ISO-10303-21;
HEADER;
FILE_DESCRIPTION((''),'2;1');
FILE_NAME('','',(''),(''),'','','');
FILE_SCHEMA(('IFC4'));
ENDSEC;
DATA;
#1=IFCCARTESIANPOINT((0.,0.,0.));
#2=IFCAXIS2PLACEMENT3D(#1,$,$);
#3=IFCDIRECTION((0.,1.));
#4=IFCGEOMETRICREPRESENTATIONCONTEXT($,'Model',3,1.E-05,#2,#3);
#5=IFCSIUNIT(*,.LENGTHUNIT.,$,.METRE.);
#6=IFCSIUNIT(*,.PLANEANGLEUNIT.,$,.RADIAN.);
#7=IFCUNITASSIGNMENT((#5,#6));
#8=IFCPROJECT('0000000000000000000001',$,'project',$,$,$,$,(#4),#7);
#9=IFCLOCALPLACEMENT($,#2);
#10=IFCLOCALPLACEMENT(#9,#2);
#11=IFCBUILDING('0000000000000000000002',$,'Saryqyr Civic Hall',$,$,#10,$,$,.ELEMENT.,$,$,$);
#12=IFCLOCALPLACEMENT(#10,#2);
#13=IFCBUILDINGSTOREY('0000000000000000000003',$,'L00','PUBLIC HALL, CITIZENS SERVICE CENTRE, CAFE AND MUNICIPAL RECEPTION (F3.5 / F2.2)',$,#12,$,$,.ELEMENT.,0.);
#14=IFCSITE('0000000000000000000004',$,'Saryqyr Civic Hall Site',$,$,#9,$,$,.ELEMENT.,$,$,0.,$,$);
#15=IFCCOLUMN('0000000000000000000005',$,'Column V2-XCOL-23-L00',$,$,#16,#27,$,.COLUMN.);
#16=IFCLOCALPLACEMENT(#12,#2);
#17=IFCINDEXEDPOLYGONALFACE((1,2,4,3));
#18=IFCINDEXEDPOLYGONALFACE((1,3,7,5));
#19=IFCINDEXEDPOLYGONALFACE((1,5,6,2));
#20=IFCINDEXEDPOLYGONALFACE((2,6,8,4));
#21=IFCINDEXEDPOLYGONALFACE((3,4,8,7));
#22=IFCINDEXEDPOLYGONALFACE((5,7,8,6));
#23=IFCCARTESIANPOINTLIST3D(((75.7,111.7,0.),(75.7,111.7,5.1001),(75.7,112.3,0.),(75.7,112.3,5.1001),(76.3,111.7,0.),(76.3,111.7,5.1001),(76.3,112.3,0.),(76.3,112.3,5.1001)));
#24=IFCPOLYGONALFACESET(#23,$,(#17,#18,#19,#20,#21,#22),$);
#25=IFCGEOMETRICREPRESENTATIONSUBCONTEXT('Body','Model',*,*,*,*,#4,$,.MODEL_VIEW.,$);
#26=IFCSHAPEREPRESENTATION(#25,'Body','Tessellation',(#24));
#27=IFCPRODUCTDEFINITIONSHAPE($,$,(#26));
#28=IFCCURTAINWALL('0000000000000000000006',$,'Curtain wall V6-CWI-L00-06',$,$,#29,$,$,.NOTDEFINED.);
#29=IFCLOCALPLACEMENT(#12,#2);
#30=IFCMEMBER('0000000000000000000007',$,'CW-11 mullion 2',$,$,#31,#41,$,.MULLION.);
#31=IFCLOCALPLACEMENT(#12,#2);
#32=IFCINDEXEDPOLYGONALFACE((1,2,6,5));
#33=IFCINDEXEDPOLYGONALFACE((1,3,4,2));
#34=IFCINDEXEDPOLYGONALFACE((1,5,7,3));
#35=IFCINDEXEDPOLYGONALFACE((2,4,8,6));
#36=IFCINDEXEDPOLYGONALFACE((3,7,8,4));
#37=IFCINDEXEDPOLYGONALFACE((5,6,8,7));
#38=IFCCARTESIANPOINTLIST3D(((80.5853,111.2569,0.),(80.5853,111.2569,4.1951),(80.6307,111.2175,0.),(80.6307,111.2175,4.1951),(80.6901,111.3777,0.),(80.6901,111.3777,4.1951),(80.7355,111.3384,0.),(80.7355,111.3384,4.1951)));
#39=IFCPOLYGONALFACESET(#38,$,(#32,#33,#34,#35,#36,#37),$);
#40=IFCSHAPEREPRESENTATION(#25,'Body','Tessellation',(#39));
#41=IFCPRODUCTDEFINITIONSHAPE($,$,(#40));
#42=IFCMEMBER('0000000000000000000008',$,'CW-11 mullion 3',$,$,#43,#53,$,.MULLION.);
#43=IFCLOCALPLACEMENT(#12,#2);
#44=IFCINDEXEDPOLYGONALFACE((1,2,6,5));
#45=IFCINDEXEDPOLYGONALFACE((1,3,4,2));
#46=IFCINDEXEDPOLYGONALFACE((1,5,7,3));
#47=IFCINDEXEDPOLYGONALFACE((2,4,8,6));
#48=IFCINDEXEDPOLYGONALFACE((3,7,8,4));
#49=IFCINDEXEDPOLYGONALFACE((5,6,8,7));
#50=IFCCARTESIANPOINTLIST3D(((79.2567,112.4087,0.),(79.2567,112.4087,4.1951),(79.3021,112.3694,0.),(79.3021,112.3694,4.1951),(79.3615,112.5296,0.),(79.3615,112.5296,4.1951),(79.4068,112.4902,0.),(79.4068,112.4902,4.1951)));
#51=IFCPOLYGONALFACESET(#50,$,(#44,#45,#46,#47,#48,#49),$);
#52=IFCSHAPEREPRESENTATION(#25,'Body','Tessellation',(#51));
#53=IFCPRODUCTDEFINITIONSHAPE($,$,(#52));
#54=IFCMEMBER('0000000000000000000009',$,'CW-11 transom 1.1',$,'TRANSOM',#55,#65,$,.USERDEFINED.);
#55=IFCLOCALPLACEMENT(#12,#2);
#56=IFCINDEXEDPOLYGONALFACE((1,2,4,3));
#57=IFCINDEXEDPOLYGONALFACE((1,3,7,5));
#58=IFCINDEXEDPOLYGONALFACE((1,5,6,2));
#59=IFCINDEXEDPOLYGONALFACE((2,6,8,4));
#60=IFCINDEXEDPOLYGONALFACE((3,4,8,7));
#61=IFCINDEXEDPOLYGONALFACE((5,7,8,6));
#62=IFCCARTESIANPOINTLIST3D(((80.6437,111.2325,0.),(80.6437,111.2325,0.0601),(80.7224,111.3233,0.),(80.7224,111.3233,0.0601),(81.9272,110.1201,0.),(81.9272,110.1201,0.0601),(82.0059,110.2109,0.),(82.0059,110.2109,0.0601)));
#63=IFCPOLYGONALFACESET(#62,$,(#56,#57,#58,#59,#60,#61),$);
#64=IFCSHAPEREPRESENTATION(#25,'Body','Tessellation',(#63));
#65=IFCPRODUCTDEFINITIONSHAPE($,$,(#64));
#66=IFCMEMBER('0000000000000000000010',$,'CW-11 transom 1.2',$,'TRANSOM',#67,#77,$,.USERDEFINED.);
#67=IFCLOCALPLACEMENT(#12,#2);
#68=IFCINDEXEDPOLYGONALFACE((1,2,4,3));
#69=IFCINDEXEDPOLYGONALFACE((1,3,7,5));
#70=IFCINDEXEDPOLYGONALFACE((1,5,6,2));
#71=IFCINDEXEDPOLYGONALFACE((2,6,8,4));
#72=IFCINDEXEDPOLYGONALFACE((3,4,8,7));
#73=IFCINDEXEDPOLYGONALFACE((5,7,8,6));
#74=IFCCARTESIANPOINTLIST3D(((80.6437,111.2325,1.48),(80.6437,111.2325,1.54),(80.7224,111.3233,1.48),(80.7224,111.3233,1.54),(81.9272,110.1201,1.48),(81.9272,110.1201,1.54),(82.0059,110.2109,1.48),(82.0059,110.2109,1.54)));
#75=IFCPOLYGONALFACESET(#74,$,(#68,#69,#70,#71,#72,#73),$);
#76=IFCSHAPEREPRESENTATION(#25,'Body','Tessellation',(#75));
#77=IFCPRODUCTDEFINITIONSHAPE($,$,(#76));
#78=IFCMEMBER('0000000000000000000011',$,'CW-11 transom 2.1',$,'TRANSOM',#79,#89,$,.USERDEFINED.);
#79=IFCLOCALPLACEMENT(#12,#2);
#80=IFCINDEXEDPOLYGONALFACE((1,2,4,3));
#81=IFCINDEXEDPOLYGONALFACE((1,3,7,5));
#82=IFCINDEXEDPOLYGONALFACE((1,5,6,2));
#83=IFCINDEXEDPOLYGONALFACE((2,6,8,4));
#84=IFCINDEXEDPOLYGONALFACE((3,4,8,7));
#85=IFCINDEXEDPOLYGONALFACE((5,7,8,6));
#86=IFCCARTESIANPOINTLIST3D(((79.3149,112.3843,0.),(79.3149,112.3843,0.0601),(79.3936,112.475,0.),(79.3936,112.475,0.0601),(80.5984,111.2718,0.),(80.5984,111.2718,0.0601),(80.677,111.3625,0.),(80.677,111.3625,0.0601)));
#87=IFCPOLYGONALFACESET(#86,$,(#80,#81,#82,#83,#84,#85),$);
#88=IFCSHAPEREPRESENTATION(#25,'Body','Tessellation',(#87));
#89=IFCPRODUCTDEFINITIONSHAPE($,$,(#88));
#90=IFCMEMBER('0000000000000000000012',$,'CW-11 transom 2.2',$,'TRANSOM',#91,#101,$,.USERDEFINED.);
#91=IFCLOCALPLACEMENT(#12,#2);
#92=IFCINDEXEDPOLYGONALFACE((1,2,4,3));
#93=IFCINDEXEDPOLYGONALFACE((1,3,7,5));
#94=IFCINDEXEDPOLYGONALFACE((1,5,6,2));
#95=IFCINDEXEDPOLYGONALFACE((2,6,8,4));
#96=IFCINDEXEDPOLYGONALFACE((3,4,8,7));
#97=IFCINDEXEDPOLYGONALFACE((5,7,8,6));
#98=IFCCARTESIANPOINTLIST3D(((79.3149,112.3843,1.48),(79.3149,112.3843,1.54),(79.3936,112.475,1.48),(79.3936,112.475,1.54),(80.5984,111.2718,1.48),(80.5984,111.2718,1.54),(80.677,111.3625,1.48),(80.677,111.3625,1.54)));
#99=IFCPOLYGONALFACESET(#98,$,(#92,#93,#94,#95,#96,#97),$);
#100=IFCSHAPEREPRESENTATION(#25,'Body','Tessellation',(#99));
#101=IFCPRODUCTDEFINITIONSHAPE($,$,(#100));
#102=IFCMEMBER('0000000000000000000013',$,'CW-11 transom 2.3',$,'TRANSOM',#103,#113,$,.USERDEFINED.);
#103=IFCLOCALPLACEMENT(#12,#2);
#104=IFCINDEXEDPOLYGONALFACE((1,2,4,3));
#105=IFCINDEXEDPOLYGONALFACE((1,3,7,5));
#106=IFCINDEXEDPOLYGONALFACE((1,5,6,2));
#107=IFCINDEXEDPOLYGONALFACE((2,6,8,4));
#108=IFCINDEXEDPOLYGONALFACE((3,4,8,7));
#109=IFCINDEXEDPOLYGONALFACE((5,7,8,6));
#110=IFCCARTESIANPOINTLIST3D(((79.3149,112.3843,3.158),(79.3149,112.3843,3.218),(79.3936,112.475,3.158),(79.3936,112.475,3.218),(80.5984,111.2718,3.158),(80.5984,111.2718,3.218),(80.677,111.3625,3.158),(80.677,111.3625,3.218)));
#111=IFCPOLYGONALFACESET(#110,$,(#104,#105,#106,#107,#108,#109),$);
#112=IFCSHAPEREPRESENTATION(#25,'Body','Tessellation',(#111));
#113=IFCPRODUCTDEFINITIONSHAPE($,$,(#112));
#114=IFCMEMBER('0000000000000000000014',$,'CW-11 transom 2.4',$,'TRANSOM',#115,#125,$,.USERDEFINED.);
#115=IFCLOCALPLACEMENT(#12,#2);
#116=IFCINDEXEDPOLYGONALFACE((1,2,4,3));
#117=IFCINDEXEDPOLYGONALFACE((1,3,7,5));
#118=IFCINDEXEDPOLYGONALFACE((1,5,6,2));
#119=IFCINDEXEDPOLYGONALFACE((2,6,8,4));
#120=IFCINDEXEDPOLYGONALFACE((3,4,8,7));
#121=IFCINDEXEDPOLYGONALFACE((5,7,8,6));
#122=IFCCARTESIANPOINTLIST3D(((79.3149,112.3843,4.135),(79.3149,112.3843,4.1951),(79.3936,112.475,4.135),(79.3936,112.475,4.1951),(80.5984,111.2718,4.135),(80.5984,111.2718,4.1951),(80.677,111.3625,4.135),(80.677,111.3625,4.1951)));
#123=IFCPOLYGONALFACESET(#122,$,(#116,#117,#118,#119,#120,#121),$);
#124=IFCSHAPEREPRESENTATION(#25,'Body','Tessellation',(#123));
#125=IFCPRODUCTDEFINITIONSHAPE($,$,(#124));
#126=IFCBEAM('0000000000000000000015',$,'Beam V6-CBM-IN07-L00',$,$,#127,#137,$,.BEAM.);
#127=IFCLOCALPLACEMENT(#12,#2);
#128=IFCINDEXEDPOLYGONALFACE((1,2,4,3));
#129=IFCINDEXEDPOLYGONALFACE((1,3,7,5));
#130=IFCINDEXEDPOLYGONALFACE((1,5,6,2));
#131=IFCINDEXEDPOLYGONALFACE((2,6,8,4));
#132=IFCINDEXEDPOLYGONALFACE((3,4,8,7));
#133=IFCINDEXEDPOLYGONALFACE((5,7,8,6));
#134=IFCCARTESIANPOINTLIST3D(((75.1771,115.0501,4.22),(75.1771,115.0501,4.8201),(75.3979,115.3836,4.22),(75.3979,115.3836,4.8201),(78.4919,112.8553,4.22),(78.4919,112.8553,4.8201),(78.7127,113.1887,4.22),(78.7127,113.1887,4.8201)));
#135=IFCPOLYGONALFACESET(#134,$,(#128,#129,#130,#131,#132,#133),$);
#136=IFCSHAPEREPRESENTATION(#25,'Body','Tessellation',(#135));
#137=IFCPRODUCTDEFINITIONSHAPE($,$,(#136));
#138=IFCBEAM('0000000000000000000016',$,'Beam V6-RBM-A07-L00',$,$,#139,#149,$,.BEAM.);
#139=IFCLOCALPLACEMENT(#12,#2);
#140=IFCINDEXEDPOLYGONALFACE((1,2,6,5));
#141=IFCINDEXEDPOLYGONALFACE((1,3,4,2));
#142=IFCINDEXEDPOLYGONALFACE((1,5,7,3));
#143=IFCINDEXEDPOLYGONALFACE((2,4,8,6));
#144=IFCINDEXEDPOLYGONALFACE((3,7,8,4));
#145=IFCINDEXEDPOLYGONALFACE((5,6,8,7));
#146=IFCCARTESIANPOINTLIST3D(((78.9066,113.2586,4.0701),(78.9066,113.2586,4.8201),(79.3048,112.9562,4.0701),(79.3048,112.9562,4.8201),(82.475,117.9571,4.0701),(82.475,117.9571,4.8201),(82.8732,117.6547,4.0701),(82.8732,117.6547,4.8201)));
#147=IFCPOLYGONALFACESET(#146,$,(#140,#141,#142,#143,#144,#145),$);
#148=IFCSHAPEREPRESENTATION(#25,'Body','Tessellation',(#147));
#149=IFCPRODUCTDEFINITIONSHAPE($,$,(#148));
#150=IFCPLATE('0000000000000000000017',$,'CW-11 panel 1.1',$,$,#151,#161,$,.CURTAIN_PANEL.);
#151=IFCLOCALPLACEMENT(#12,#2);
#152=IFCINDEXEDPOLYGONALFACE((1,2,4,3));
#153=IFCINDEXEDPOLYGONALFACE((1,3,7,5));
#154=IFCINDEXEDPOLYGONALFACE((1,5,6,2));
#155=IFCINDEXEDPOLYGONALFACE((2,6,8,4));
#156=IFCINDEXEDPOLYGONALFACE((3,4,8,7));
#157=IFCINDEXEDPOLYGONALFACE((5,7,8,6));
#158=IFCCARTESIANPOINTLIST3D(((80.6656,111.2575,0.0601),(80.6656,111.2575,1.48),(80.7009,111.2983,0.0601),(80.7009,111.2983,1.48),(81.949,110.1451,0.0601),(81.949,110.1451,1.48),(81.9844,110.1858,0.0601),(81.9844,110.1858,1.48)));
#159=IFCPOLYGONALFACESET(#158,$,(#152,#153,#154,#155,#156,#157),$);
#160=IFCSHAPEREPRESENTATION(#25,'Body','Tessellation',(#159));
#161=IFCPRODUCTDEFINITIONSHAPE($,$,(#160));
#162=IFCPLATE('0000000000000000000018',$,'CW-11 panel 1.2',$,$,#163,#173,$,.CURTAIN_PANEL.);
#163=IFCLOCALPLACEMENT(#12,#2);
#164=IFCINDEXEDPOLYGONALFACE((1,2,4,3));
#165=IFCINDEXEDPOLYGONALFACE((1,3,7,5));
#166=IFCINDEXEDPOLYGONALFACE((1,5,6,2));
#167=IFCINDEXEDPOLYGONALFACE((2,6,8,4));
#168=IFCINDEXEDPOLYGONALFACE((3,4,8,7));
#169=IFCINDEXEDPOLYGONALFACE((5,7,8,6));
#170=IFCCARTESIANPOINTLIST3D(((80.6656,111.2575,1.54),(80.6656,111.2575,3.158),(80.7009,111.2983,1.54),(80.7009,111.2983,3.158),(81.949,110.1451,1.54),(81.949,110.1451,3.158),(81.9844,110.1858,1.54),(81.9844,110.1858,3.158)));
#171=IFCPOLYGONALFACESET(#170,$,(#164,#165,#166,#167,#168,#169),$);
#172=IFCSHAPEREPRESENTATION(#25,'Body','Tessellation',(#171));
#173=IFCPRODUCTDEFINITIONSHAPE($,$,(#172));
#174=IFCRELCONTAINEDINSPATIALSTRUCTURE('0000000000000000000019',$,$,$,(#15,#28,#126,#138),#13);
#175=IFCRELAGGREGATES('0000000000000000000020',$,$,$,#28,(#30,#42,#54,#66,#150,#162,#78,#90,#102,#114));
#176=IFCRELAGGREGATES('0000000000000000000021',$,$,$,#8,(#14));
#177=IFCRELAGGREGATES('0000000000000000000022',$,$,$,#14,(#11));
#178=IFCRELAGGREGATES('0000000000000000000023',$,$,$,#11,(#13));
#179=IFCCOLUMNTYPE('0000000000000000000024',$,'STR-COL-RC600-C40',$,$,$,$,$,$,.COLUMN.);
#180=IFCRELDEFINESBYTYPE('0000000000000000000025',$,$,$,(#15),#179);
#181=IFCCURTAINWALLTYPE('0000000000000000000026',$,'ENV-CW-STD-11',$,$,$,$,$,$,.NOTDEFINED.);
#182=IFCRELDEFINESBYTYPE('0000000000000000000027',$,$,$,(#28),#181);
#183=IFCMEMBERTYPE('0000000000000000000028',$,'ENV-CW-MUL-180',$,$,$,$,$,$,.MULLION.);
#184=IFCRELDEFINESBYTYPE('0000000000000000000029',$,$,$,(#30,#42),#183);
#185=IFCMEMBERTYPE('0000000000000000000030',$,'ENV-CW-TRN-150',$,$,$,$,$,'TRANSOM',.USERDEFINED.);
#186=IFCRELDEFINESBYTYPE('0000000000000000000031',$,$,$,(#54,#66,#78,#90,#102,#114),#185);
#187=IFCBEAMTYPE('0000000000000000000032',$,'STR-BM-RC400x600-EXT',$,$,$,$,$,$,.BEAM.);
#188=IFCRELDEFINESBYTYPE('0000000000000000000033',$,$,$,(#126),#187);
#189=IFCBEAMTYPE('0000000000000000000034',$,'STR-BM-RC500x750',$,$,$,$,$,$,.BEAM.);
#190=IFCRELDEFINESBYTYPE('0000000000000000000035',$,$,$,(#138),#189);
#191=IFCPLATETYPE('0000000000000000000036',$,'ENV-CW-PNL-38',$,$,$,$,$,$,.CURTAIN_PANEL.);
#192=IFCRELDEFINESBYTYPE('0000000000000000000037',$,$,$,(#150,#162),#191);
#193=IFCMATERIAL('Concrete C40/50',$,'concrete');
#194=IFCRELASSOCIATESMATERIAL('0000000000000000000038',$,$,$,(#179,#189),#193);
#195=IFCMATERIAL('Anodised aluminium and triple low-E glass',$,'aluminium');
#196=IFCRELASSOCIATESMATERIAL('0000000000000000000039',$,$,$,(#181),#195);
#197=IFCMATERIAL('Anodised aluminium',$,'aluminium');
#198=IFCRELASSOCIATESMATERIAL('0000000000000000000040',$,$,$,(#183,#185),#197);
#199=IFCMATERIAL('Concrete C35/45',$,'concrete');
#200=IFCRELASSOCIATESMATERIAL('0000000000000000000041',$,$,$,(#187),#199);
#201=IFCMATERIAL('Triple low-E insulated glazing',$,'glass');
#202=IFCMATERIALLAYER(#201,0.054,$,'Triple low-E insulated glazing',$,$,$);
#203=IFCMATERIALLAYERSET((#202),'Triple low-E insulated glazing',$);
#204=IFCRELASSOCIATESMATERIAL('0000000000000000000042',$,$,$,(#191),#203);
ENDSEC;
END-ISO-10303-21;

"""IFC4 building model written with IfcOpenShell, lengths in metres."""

from ifc_helpers import new_model, si_unit, direction, frame, origin, origin_2d, place, context, subcontext, project, spatial, rectangle, extrude, material, layer, layer_set, material_profile, profile_set, type_object, element, aggregate, save


model = new_model("IFC4")

# Units and contexts
model_context = context("Model", 3, precision=1e-05, world=origin(), true_north=direction((0.0, 1.0)))
body_context = subcontext(model_context, "Body", "Model", "MODEL_VIEW")
ifc_project = project(units=[si_unit("LENGTHUNIT", "METRE"), si_unit("PLANEANGLEUNIT", "RADIAN")], contexts=[model_context])

# Site, building, storey
site_placement = place(None, origin())
site = spatial("IfcSite", under=ifc_project, at=site_placement, Name="Saryqyr Civic Hall Site", CompositionType="ELEMENT", RefElevation=0.0)
building_placement = place(site_placement, origin())
building = spatial("IfcBuilding", under=site, at=building_placement, Name="Saryqyr Civic Hall", CompositionType="ELEMENT")
storey_placement = place(building_placement, origin())
storey = spatial("IfcBuildingStorey", under=building, at=storey_placement, Name="L00", Description="PUBLIC HALL, CITIZENS SERVICE CENTRE, CAFE AND MUNICIPAL RECEPTION (F3.5 / F2.2)", CompositionType="ELEMENT", Elevation=0.0)

# Column
ifc_material_1 = material(Name="Concrete C40/50", Category="concrete")
ifc_material_profile_1 = material_profile(ifc_material_1, rectangle(XDim=0.6001, YDim=0.6001, at=origin_2d()), Name="RC 600x600")
ifc_profile_set_1 = profile_set([ifc_material_profile_1], Name="Concrete C40/50")
column_type_1 = type_object("IfcColumnType", Name="STR-COL-RC600-C40", PredefinedType="COLUMN", material=ifc_profile_set_1)
column_1_placement = place(storey_placement, frame((76.0, 112.0, 0.0), z_axis=(0.0, 0.0, 1.0), x_axis=(1.0, 0.0, 0.0)))
element("IfcColumn", 1, at=column_1_placement, inside=storey, type_object=column_type_1, Name="Column V2-XCOL-23-L00", PredefinedType="COLUMN", context=body_context, shape_type="SweptSolid", body=[
    extrude(rectangle(XDim=0.6001, YDim=0.6001, at=origin_2d()), origin(), (0.0, 0.0, 1.0), 5.1001),
])

# Curtain wall, members
ifc_material_2 = material(Name="Anodised aluminium and triple low-E glass", Category="aluminium")
curtain_wall_type = type_object("IfcCurtainWallType", Name="ENV-CW-STD-11", PredefinedType="NOTDEFINED", material=ifc_material_2)
curtain_wall_placement = place(storey_placement, origin())
curtain_wall = element("IfcCurtainWall", 2, at=curtain_wall_placement, inside=storey, type_object=curtain_wall_type, Name="Curtain wall V6-CWI-L00-06", PredefinedType="NOTDEFINED")
ifc_material_3 = material(Name="Anodised aluminium", Category="aluminium")
ifc_material_profile_2 = material_profile(ifc_material_3, rectangle(XDim=0.0601, YDim=0.1599, at=origin_2d()), Name="ALU MULLION 60x160")
ifc_profile_set_2 = profile_set([ifc_material_profile_2], Name="Anodised aluminium")
member_type_1 = type_object("IfcMemberType", Name="ENV-CW-MUL-180", PredefinedType="MULLION", material=ifc_profile_set_2)
member_1_placement = place(storey_placement, frame((80.6604, 111.2976, 0.0), z_axis=(0.0, 0.0, 1.0), x_axis=(-0.755649, 0.654976, 0.0)))
member_1 = element("IfcMember", 3, at=member_1_placement, type_object=member_type_1, Name="CW-11 mullion 2", PredefinedType="MULLION", context=body_context, shape_type="SweptSolid", body=[
    extrude(rectangle(XDim=0.0601, YDim=0.1599, at=origin_2d()), origin(), (0.0, 0.0, 1.0), 4.1951),
])
member_2_placement = place(storey_placement, frame((79.3318, 112.4495, 0.0), z_axis=(0.0, 0.0, 1.0), x_axis=(-0.755649, 0.654976, 0.0)))
member_2 = element("IfcMember", 4, at=member_2_placement, type_object=member_type_1, Name="CW-11 mullion 3", PredefinedType="MULLION", context=body_context, shape_type="SweptSolid", body=[
    extrude(rectangle(XDim=0.0601, YDim=0.1599, at=origin_2d()), origin(), (0.0, 0.0, 1.0), 4.1951),
])
ifc_material_profile_3 = material_profile(ifc_material_3, rectangle(XDim=0.1201, YDim=0.0601, at=origin_2d()), Name="ALU TRANSOM 120x60")
ifc_profile_set_3 = profile_set([ifc_material_profile_3], Name="Anodised aluminium")
member_type_2 = type_object("IfcMemberType", Name="ENV-CW-TRN-150", ElementType="TRANSOM", PredefinedType="USERDEFINED", material=ifc_profile_set_3)
member_3_placement = place(storey_placement, frame((81.9666, 110.1655, 0.03), z_axis=(-0.755694, 0.654925, 0.0), x_axis=(-0.654925, -0.755694, 0.0)))
member_3 = element("IfcMember", 5, at=member_3_placement, type_object=member_type_2, Name="CW-11 transom 1.1", ObjectType="TRANSOM", PredefinedType="USERDEFINED", context=body_context, shape_type="SweptSolid", body=[
    extrude(rectangle(XDim=0.1201, YDim=0.0601, at=origin_2d()), origin(), (0.0, 0.0, 1.0), 1.6985),
])
member_4_placement = place(storey_placement, frame((81.9666, 110.1655, 1.51), z_axis=(-0.755694, 0.654925, 0.0), x_axis=(-0.654925, -0.755694, 0.0)))
member_4 = element("IfcMember", 6, at=member_4_placement, type_object=member_type_2, Name="CW-11 transom 1.2", ObjectType="TRANSOM", PredefinedType="USERDEFINED", context=body_context, shape_type="SweptSolid", body=[
    extrude(rectangle(XDim=0.1201, YDim=0.0601, at=origin_2d()), origin(), (0.0, 0.0, 1.0), 1.6985),
])
member_5_placement = place(storey_placement, frame((80.6377, 111.3171, 0.03), z_axis=(-0.755623, 0.655007, 0.0), x_axis=(-0.655007, -0.755623, 0.0)))
member_5 = element("IfcMember", 7, at=member_5_placement, type_object=member_type_2, Name="CW-11 transom 2.1", ObjectType="TRANSOM", PredefinedType="USERDEFINED", context=body_context, shape_type="SweptSolid", body=[
    extrude(rectangle(XDim=0.1201, YDim=0.0601, at=origin_2d()), origin(), (0.0, 0.0, 1.0), 1.6985),
])
member_6_placement = place(storey_placement, frame((80.6377, 111.3171, 1.51), z_axis=(-0.755623, 0.655007, 0.0), x_axis=(-0.655007, -0.755623, 0.0)))
member_6 = element("IfcMember", 8, at=member_6_placement, type_object=member_type_2, Name="CW-11 transom 2.2", ObjectType="TRANSOM", PredefinedType="USERDEFINED", context=body_context, shape_type="SweptSolid", body=[
    extrude(rectangle(XDim=0.1201, YDim=0.0601, at=origin_2d()), origin(), (0.0, 0.0, 1.0), 1.6985),
])
member_7_placement = place(storey_placement, frame((80.6377, 111.3171, 3.188), z_axis=(-0.755623, 0.655007, 0.0), x_axis=(-0.655007, -0.755623, 0.0)))
member_7 = element("IfcMember", 9, at=member_7_placement, type_object=member_type_2, Name="CW-11 transom 2.3", ObjectType="TRANSOM", PredefinedType="USERDEFINED", context=body_context, shape_type="SweptSolid", body=[
    extrude(rectangle(XDim=0.1201, YDim=0.0601, at=origin_2d()), origin(), (0.0, 0.0, 1.0), 1.6985),
])
member_8_placement = place(storey_placement, frame((80.6377, 111.3171, 4.165), z_axis=(-0.755623, 0.655007, 0.0), x_axis=(-0.655007, -0.755623, 0.0)))
member_8 = element("IfcMember", 10, at=member_8_placement, type_object=member_type_2, Name="CW-11 transom 2.4", ObjectType="TRANSOM", PredefinedType="USERDEFINED", context=body_context, shape_type="SweptSolid", body=[
    extrude(rectangle(XDim=0.1201, YDim=0.0601, at=origin_2d()), origin(), (0.0, 0.0, 1.0), 1.6985),
])

# Beams
ifc_material_4 = material(Name="Concrete C35/45", Category="concrete")
ifc_material_profile_4 = material_profile(ifc_material_4, rectangle(XDim=0.3999, YDim=0.6001, at=origin_2d()), Name="RC 400x600")
ifc_profile_set_4 = profile_set([ifc_material_profile_4], Name="Concrete C35/45")
beam_type_1 = type_object("IfcBeamType", Name="STR-BM-RC400x600-EXT", PredefinedType="BEAM", material=ifc_profile_set_4)
beam_1_placement = place(storey_placement, frame((78.6023, 113.022, 4.52), z_axis=(-0.833785, 0.55209, 0.0), x_axis=(-0.55209, -0.833785, 0.0)))
element("IfcBeam", 11, at=beam_1_placement, inside=storey, type_object=beam_type_1, Name="Beam V6-CBM-IN07-L00", PredefinedType="BEAM", context=body_context, shape_type="SweptSolid", body=[
    extrude(rectangle(XDim=0.3999, YDim=0.6001, at=origin_2d()), origin(), (0.0, 0.0, 1.0), 3.9756),
])
ifc_material_profile_5 = material_profile(ifc_material_1, rectangle(XDim=0.5, YDim=0.75, at=origin_2d()), Name="RC 500x750")
ifc_profile_set_5 = profile_set([ifc_material_profile_5], Name="Concrete C40/50")
beam_type_2 = type_object("IfcBeamType", Name="STR-BM-RC500x750", PredefinedType="BEAM", material=ifc_profile_set_5)
beam_2_placement = place(storey_placement, frame((79.1057, 113.1074, 4.4451), z_axis=(0.604816, 0.796365, 0.0), x_axis=(-0.796365, 0.604816, 0.0)))
element("IfcBeam", 12, at=beam_2_placement, inside=storey, type_object=beam_type_2, Name="Beam V6-RBM-A07-L00", PredefinedType="BEAM", context=body_context, shape_type="SweptSolid", body=[
    extrude(rectangle(XDim=0.5, YDim=0.75, at=origin_2d()), origin(), (0.0, 0.0, 1.0), 5.8999),
])

# Plates
ifc_material_5 = material(Name="Triple low-E insulated glazing", Category="glass")
ifc_layer_1 = layer(ifc_material_5, 0.054, Name="Triple low-E insulated glazing")
ifc_layer_set_1 = layer_set([ifc_layer_1], Name="Triple low-E insulated glazing")
plate_type = type_object("IfcPlateType", Name="ENV-CW-PNL-38", PredefinedType="CURTAIN_PANEL", material=ifc_layer_set_1)
plate_1_placement = place(storey_placement, frame((81.325, 110.7217, 0.0601), z_axis=(0.0, 0.0, 1.0), x_axis=(-0.755649, 0.654976, 0.0)))
plate_1 = element("IfcPlate", 13, at=plate_1_placement, type_object=plate_type, Name="CW-11 panel 1.1", PredefinedType="CURTAIN_PANEL", context=body_context, shape_type="SweptSolid", body=[
    extrude(rectangle(XDim=1.6985, YDim=0.054, at=origin_2d()), origin(), (0.0, 0.0, 1.0), 1.4199),
])
plate_2_placement = place(storey_placement, frame((81.325, 110.7217, 1.54), z_axis=(0.0, 0.0, 1.0), x_axis=(-0.755649, 0.654976, 0.0)))
plate_2 = element("IfcPlate", 14, at=plate_2_placement, type_object=plate_type, Name="CW-11 panel 1.2", PredefinedType="CURTAIN_PANEL", context=body_context, shape_type="SweptSolid", body=[
    extrude(rectangle(XDim=1.6985, YDim=0.054, at=origin_2d()), origin(), (0.0, 0.0, 1.0), 1.6179),
])
aggregate(curtain_wall, [member_1, member_2, member_3, member_4, plate_1, plate_2, member_5, member_6, member_7, member_8])

save(model, "model.ifc")
